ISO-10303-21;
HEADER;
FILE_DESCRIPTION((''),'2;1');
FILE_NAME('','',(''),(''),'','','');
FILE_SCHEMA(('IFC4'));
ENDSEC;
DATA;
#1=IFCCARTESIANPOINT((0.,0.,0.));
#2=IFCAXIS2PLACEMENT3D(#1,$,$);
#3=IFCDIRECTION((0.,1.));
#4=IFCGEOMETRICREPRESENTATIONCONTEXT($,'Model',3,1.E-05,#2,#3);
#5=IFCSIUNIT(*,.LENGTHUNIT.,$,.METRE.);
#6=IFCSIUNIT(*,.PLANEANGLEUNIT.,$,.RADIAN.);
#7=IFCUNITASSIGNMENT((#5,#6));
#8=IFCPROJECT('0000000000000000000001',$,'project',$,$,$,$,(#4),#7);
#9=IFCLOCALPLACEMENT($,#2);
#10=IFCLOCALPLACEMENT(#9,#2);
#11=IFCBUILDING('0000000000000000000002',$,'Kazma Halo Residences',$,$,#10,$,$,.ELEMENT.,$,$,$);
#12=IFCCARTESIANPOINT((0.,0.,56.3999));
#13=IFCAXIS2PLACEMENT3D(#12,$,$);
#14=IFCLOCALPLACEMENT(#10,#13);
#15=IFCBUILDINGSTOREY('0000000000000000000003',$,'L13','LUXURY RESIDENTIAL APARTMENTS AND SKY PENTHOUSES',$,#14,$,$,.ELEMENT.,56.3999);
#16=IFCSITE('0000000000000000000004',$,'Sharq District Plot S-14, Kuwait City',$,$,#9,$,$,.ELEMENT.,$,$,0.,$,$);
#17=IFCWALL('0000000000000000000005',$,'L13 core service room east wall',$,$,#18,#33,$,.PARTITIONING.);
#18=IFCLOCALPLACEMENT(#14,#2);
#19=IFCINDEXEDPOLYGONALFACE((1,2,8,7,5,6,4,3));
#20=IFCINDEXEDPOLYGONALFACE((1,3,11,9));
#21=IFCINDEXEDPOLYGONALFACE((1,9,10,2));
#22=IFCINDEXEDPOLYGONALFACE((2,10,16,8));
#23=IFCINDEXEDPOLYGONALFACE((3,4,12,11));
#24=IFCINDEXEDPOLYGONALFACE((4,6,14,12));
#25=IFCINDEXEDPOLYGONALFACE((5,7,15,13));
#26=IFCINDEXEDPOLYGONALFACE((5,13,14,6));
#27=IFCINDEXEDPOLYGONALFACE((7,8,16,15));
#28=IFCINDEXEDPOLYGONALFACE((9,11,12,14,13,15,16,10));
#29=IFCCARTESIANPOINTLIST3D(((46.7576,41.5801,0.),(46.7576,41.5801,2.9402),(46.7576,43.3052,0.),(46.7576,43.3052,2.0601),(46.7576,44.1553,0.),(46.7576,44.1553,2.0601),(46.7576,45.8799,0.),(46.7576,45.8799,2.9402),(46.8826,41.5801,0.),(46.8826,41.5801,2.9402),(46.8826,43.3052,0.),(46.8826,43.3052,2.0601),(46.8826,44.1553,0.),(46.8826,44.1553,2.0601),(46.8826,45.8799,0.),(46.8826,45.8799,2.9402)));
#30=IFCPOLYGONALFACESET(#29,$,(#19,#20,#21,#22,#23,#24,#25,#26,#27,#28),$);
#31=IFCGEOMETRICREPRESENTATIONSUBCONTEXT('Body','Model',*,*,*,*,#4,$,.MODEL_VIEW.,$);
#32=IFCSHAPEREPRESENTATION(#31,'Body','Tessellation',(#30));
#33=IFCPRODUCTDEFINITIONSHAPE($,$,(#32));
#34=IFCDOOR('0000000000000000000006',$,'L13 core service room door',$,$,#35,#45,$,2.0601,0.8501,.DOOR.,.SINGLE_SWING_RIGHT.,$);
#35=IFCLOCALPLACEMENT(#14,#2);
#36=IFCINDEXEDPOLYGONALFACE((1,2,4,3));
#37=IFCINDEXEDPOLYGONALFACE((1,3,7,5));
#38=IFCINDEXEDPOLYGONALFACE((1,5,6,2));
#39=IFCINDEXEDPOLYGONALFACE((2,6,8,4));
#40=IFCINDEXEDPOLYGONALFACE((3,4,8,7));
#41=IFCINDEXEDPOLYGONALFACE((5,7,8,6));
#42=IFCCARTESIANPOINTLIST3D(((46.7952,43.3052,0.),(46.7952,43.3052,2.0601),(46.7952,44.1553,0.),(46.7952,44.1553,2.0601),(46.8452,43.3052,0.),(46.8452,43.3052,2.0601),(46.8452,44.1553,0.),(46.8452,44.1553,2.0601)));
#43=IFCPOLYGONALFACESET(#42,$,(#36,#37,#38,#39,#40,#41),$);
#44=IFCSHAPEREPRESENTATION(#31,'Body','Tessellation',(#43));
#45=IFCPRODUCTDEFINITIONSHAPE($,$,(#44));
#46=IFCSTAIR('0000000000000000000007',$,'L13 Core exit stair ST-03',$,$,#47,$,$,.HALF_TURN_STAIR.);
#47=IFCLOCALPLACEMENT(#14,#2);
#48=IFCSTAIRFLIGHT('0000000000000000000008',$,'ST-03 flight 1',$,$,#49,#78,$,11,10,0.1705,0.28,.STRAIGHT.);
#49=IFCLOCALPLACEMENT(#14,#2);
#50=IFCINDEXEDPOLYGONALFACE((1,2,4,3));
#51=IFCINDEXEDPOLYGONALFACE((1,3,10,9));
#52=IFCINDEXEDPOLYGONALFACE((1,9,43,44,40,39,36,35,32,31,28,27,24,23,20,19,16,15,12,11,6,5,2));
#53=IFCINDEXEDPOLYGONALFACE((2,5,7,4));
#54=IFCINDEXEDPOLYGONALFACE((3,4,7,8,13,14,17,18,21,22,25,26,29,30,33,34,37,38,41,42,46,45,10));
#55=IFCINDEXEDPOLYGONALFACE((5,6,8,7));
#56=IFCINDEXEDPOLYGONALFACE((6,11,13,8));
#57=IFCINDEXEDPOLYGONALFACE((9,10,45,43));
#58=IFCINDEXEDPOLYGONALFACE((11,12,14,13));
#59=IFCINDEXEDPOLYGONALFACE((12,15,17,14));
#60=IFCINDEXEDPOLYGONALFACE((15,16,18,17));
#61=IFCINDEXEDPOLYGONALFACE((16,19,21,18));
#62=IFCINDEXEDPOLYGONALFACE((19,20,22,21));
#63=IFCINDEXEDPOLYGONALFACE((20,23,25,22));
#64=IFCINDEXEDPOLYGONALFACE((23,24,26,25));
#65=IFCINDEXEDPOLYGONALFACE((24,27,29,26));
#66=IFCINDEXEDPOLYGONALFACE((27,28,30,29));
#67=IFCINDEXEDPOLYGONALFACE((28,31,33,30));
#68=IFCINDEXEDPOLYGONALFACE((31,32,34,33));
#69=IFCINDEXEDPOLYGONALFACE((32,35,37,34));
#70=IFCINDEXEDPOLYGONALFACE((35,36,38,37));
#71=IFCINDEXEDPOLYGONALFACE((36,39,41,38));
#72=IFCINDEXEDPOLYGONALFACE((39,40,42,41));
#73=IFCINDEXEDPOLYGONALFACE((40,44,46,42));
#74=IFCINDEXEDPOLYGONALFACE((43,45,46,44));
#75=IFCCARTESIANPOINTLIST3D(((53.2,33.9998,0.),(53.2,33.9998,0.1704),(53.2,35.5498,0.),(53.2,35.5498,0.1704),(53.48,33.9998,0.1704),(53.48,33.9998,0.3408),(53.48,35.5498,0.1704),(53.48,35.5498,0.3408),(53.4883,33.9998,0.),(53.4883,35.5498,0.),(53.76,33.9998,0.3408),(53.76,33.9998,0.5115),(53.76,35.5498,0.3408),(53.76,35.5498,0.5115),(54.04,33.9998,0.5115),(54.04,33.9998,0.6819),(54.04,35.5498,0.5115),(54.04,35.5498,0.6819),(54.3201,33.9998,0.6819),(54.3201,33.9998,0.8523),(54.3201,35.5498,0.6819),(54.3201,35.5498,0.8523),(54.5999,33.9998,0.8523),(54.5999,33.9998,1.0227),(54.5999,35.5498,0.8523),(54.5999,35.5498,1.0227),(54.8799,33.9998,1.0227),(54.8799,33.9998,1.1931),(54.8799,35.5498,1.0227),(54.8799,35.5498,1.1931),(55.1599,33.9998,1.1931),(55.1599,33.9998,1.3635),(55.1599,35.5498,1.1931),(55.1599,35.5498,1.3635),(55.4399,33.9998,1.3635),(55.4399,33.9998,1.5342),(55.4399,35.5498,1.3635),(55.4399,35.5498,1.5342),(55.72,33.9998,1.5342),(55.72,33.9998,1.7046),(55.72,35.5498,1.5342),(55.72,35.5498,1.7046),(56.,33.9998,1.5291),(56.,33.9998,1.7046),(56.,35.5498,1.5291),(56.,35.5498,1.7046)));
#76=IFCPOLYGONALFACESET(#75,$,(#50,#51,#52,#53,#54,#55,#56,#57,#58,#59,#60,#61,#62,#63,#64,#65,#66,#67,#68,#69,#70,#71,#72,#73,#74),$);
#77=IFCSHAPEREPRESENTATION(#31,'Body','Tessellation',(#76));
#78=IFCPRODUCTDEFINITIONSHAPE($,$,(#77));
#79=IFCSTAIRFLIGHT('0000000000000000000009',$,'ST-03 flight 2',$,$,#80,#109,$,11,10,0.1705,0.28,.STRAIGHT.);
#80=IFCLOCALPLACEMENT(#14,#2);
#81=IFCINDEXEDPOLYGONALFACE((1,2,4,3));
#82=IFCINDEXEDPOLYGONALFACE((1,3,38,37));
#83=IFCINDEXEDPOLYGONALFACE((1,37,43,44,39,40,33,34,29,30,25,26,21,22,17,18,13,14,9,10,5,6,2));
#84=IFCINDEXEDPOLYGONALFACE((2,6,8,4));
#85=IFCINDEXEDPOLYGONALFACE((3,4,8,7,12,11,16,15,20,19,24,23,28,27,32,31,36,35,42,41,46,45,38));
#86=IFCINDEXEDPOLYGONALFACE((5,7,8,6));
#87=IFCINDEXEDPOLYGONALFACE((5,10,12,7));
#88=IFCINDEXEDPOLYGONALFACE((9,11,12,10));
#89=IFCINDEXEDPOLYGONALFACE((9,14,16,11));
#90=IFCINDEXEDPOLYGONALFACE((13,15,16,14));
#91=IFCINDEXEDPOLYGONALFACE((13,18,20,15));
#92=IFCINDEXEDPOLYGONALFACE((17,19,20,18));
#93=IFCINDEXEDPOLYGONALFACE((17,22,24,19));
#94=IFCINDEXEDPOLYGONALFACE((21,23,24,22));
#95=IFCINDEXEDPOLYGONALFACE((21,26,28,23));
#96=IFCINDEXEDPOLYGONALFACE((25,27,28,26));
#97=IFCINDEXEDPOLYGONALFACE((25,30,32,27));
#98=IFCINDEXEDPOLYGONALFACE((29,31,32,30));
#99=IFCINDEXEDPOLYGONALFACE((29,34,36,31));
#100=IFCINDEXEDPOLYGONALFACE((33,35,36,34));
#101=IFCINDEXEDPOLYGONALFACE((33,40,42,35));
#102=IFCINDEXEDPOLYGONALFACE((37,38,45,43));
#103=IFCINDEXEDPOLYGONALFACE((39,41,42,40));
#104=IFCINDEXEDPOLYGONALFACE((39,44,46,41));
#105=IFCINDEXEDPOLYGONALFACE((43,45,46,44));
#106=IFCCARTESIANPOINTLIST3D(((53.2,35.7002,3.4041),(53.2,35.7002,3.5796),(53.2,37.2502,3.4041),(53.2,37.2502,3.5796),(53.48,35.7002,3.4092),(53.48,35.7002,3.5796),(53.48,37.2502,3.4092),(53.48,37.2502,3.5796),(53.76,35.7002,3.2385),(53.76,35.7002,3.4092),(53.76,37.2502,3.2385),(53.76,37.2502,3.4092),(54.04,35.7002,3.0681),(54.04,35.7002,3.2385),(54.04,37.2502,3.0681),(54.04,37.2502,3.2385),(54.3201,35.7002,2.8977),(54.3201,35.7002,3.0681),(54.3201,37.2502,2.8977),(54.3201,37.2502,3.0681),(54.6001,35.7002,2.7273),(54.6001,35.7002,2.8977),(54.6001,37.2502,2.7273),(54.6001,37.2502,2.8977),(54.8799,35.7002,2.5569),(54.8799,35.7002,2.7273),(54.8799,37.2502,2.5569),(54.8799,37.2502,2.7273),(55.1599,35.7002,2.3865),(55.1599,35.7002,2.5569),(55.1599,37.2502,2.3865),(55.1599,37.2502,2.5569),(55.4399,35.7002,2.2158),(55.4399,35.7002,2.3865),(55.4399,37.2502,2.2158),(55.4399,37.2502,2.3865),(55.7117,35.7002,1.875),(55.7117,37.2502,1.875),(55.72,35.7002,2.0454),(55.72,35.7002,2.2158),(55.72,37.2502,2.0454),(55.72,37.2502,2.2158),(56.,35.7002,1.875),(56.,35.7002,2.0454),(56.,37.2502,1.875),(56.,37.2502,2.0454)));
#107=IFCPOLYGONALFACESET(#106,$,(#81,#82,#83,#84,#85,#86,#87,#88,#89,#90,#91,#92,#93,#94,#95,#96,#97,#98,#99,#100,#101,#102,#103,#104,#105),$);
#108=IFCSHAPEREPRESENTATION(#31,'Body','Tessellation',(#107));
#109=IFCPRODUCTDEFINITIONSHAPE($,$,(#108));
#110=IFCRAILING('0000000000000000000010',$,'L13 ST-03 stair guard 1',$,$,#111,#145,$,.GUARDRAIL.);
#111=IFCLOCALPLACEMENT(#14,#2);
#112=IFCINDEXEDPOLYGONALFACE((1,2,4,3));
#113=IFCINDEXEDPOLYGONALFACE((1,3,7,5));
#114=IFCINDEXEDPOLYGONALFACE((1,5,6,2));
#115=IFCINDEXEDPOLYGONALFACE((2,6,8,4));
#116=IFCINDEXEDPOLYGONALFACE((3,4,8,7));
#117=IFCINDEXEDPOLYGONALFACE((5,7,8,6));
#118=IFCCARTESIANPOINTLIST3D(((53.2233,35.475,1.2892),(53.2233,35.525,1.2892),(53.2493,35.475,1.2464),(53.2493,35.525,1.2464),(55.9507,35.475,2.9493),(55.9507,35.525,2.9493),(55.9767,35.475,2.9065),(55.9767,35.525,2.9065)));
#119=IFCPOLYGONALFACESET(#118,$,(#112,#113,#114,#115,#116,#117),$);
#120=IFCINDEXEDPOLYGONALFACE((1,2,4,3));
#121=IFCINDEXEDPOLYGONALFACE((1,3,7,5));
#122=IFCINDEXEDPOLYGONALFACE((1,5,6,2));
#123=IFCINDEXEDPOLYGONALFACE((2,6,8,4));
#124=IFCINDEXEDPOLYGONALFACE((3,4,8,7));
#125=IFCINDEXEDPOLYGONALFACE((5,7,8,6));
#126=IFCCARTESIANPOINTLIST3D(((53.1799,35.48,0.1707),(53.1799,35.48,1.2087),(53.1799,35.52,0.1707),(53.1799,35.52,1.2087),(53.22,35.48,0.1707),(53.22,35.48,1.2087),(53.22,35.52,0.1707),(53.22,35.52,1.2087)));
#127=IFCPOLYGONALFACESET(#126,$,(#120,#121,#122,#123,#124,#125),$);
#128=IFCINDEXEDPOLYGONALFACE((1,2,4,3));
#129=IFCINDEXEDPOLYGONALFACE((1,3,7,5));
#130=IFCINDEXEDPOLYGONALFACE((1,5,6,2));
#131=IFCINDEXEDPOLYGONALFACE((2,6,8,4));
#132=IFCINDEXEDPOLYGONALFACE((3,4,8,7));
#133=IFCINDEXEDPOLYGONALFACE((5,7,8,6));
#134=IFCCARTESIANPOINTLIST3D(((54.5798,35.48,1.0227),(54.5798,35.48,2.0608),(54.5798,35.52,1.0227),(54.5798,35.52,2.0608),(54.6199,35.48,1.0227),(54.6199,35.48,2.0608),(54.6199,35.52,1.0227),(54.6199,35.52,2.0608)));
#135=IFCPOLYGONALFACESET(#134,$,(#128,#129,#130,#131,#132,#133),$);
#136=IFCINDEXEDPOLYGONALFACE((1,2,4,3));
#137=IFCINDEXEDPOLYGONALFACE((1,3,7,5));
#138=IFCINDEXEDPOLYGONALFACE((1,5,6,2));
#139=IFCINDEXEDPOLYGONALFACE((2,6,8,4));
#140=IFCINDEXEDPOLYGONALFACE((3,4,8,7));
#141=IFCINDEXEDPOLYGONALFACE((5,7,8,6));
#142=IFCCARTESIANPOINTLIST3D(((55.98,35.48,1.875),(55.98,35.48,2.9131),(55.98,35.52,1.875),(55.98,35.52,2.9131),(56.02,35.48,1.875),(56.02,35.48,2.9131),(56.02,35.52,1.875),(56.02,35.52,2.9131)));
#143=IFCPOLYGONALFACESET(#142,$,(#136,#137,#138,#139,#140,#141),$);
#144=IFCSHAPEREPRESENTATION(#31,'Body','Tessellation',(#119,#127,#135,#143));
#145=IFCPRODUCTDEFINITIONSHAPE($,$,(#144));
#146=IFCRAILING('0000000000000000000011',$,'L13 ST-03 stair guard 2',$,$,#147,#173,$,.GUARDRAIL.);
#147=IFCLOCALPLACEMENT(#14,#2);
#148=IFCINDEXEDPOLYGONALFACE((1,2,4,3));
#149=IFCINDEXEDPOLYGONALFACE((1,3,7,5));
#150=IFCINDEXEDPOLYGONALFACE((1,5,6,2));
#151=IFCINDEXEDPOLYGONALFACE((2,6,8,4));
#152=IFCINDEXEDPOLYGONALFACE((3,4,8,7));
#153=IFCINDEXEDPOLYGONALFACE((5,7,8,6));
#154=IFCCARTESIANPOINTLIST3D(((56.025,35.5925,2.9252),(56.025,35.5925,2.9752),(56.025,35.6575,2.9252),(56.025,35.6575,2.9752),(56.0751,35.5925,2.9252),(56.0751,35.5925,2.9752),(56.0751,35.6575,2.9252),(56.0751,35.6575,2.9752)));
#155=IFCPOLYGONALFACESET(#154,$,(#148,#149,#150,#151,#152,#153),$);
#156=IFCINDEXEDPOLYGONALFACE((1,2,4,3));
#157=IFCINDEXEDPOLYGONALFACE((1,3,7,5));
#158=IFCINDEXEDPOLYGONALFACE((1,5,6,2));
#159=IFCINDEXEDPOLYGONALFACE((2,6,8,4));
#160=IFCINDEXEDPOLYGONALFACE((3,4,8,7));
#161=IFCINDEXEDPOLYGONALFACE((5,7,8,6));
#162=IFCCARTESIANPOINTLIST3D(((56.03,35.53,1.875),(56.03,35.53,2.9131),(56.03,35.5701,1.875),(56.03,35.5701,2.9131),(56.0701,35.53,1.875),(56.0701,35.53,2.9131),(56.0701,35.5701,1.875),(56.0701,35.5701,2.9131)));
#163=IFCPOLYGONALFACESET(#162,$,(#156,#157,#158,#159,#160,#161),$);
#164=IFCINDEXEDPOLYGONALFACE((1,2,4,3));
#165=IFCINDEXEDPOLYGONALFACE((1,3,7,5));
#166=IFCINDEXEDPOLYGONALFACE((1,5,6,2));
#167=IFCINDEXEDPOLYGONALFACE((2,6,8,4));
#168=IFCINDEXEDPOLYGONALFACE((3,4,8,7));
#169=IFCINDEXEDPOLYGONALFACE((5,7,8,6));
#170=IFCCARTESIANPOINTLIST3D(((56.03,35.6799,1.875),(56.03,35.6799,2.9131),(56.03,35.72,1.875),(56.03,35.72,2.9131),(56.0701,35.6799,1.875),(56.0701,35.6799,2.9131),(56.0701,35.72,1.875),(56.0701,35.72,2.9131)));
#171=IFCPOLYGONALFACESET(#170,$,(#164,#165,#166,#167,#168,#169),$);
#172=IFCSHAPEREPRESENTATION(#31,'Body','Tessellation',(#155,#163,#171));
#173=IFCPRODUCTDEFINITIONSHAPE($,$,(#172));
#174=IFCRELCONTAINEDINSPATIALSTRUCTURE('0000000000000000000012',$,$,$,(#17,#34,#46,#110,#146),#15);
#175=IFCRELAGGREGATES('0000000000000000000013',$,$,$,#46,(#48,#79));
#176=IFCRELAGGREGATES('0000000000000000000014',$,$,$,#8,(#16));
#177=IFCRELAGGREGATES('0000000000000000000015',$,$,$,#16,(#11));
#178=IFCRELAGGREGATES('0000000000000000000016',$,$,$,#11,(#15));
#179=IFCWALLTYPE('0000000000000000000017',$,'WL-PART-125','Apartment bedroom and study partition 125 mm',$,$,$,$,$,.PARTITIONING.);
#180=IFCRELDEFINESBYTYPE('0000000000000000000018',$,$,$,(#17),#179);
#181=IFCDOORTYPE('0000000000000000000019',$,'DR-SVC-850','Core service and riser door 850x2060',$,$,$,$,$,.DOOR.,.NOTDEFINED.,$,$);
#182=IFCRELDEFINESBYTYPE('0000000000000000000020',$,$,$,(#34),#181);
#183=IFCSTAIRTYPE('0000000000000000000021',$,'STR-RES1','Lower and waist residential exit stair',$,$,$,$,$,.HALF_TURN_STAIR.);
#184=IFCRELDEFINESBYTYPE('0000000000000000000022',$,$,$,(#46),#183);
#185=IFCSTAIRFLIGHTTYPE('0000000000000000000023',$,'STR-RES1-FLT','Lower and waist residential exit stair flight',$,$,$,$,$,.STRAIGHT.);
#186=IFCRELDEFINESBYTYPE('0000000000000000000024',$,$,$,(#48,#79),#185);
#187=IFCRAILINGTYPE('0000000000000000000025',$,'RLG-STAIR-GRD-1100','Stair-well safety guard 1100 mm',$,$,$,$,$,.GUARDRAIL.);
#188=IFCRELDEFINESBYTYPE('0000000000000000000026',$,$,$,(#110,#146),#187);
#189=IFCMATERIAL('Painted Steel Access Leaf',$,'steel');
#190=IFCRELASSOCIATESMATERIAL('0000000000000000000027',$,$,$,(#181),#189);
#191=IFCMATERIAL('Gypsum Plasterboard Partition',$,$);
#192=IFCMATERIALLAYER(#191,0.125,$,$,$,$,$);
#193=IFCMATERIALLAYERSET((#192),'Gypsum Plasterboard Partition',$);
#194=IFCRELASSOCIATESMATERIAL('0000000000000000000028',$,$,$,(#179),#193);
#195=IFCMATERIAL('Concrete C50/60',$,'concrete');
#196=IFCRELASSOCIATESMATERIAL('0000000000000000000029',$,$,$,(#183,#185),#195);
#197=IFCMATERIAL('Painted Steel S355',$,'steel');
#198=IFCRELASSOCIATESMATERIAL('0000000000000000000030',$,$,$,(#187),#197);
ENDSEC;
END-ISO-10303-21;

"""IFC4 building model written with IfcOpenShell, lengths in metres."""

from ifc_helpers import new_model, si_unit, direction, frame, frame_2d, origin, origin_2d, place, context, subcontext, project, spatial, polyline, rectangle, outline, extrude, material, layer, layer_set, type_object, element, fill, aggregate, save


model = new_model("IFC4")

# Units and contexts
model_context = context("Model", 3, precision=1e-05, world=origin(), true_north=direction((0.0, 1.0)))
body_context = subcontext(model_context, "Body", "Model", "MODEL_VIEW")
ifc_project = project(units=[si_unit("LENGTHUNIT", "METRE"), si_unit("PLANEANGLEUNIT", "RADIAN")], contexts=[model_context])

# Site, building, storey
site_placement = place(None, origin())
site = spatial("IfcSite", under=ifc_project, at=site_placement, Name="Sharq District Plot S-14, Kuwait City", CompositionType="ELEMENT", RefElevation=0.0)
building_placement = place(site_placement, origin())
building = spatial("IfcBuilding", under=site, at=building_placement, Name="Kazma Halo Residences", CompositionType="ELEMENT")
storey_placement = place(building_placement, frame((0.0, 0.0, 56.3999)))
storey = spatial("IfcBuildingStorey", under=building, at=storey_placement, Name="L13", Description="LUXURY RESIDENTIAL APARTMENTS AND SKY PENTHOUSES", CompositionType="ELEMENT", Elevation=56.3999)

# Shared definitions
ifc_material_1 = material(Name="Painted Steel Access Leaf", Category="steel")
door_type_1 = type_object("IfcDoorType", Name="DR-SVC-850", Description="Core service and riser door 850x2060", OperationType="NOTDEFINED", PredefinedType="DOOR", material=ifc_material_1)

# Shared definitions
ifc_material_2 = material(Name="Gypsum Plasterboard Partition")
ifc_layer_1 = layer(ifc_material_2, 0.125)
ifc_layer_set_1 = layer_set([ifc_layer_1], Name="Gypsum Plasterboard Partition")
wall_type_1 = type_object("IfcWallType", Name="WL-PART-125", Description="Apartment bedroom and study partition 125 mm", PredefinedType="PARTITIONING", material=ifc_layer_set_1)

# Wall, opening, door
wall_1_placement = place(storey_placement, frame((46.8201, 41.5801, 0.0), z_axis=(0.0, 0.0, 1.0), x_axis=(0.0, 1.0, 0.0)))
wall_1 = element("IfcWall", 1, at=wall_1_placement, inside=storey, type_object=wall_type_1, Name="L13 core service room east wall", PredefinedType="PARTITIONING", context=body_context, shape_type="SweptSolid", body=[
    extrude(rectangle(XDim=4.2998, YDim=0.125, at=frame_2d((2.1499, 0.0))), origin(), (0.0, 0.0, 1.0), 2.9402),
])
opening_1_placement = place(wall_1_placement, frame((1.7251, 0.0, 0.0)))
opening_1 = element("IfcOpeningElement", 2, at=opening_1_placement, cuts=wall_1, PredefinedType="OPENING", context=body_context, shape_type="SweptSolid", body=[
    extrude(rectangle(XDim=0.8501, YDim=2.0601, at=frame_2d((0.425, 1.03))), frame((0.0, 0.0725, 0.0), z_axis=(0.0, -1.0, 0.0), x_axis=(1.0, 0.0, 0.0)), (0.0, 0.0, 1.0), 0.145),
])
door_1_placement = place(opening_1_placement, origin())
door_1 = element("IfcDoor", 3, at=door_1_placement, inside=storey, type_object=door_type_1, Name="L13 core service room door", OperationType="SINGLE_SWING_RIGHT", OverallHeight=2.0601, OverallWidth=0.8501, PredefinedType="DOOR", context=body_context, shape_type="SweptSolid", body=[
    extrude(rectangle(XDim=0.8501, YDim=2.0601, at=frame_2d((0.425, 1.03))), frame((0.0, 0.0249, 0.0), z_axis=(0.0, -1.0, 0.0), x_axis=(1.0, 0.0, 0.0)), (0.0, 0.0, 1.0), 0.05),
])
fill(opening_1, door_1)
ifc_material_3 = material(Name="Concrete C50/60", Category="concrete")

# Stair, stair flights
stair_type = type_object("IfcStairType", Name="STR-RES1", Description="Lower and waist residential exit stair", PredefinedType="HALF_TURN_STAIR", material=ifc_material_3)
stair_placement = place(storey_placement, origin())
stair = element("IfcStair", 4, at=stair_placement, inside=storey, type_object=stair_type, Name="L13 Core exit stair ST-03", PredefinedType="HALF_TURN_STAIR")
stair_flight_type = type_object("IfcStairFlightType", Name="STR-RES1-FLT", Description="Lower and waist residential exit stair flight", PredefinedType="STRAIGHT", material=ifc_material_3)
stair_flight_1_placement = place(storey_placement, frame((53.2, 34.7749, 0.0), z_axis=(0.0, 0.0, 1.0), x_axis=(1.0, 0.0, 0.0)))
stair_flight_1 = element("IfcStairFlight", 5, at=stair_flight_1_placement, type_object=stair_flight_type, Name="ST-03 flight 1", NumberOfRisers=11, NumberOfTreads=10, PredefinedType="STRAIGHT", RiserHeight=0.1705, TreadLength=0.28, context=body_context, shape_type="SweptSolid", body=[
    extrude(outline(polyline([(0.0, 0.0), (0.0, 0.1704), (0.28, 0.1704), (0.28, 0.3408), (0.5601, 0.3408), (0.5601, 0.5115), (0.8401, 0.5115), (0.8401, 0.6819), (1.1201, 0.6819), (1.1201, 0.8523), (1.3999, 0.8523), (1.3999, 1.0227), (1.6799, 1.0227), (1.6799, 1.1931), (1.96, 1.1931), (1.96, 1.3635), (2.24, 1.3635), (2.24, 1.5342), (2.52, 1.5342), (2.52, 1.7046), (2.8, 1.7046), (2.8, 1.875), (2.8, 1.5291), (0.2883, 0.0), (0.0, 0.0)])), frame((0.0, 0.7749, 0.0), z_axis=(0.0, -1.0, 0.0), x_axis=(1.0, 0.0, 0.0)), (0.0, 0.0, 1.0), 1.55),
])
stair_flight_2_placement = place(storey_placement, frame((56.0, 36.4751, 1.875), z_axis=(0.0, 0.0, 1.0), x_axis=(-1.0, 0.0, 0.0)))
stair_flight_2 = element("IfcStairFlight", 6, at=stair_flight_2_placement, type_object=stair_flight_type, Name="ST-03 flight 2", NumberOfRisers=11, NumberOfTreads=10, PredefinedType="STRAIGHT", RiserHeight=0.1705, TreadLength=0.28, context=body_context, shape_type="SweptSolid", body=[
    extrude(outline(polyline([(0.0, 0.0), (0.0, 0.1704), (0.28, 0.1704), (0.28, 0.3408), (0.5601, 0.3408), (0.5601, 0.5115), (0.8401, 0.5115), (0.8401, 0.6819), (1.1201, 0.6819), (1.1201, 0.8523), (1.3999, 0.8523), (1.3999, 1.0227), (1.6799, 1.0227), (1.6799, 1.1931), (1.96, 1.1931), (1.96, 1.3635), (2.24, 1.3635), (2.24, 1.5342), (2.52, 1.5342), (2.52, 1.7046), (2.8, 1.7046), (2.8, 1.875), (2.8, 1.5291), (0.2883, 0.0), (0.0, 0.0)])), frame((0.0, 0.7749, 0.0), z_axis=(0.0, -1.0, 0.0), x_axis=(1.0, 0.0, 0.0)), (0.0, 0.0, 1.0), 1.55),
])
aggregate(stair, [stair_flight_1, stair_flight_2])

# Railings
ifc_material_4 = material(Name="Painted Steel S355", Category="steel")
railing_type_1 = type_object("IfcRailingType", Name="RLG-STAIR-GRD-1100", Description="Stair-well safety guard 1100 mm", PredefinedType="GUARDRAIL", material=ifc_material_4)
railing_1_placement = place(storey_placement, frame((53.2, 35.5, 0.1707)))
element("IfcRailing", 7, at=railing_1_placement, inside=storey, type_object=railing_type_1, Name="L13 ST-03 stair guard 1", PredefinedType="GUARDRAIL", context=body_context, shape_type="SweptSolid", body=[
    extrude(rectangle(XDim=0.05, YDim=0.05, at=origin_2d()), frame((0.0364, 0.0, 1.0972), z_axis=(0.854203, 0.0, 0.51994), x_axis=(0.0, 1.0, 0.0)), (0.0, 0.0, 1.0), 3.1929),
    extrude(rectangle(XDim=0.04, YDim=0.04, at=origin_2d()), origin(), (0.0, 0.0, 1.0), 1.0381),
    extrude(rectangle(XDim=0.04, YDim=0.04, at=origin_2d()), frame((1.3999, 0.0, 0.8521)), (0.0, 0.0, 1.0), 1.0381),
    extrude(rectangle(XDim=0.04, YDim=0.04, at=origin_2d()), frame((2.8, 0.0, 1.7043)), (0.0, 0.0, 1.0), 1.0381),
])
railing_2_placement = place(storey_placement, frame((56.05, 35.55, 1.875)))
element("IfcRailing", 8, at=railing_2_placement, inside=storey, type_object=railing_type_1, Name="L13 ST-03 stair guard 2", PredefinedType="GUARDRAIL", context=body_context, shape_type="SweptSolid", body=[
    extrude(rectangle(XDim=0.05, YDim=0.05, at=origin_2d()), frame((0.0, 0.0425, 1.0752), z_axis=(0.0, 1.0, 0.0), x_axis=(-1.0, 0.0, 0.0)), (0.0, 0.0, 1.0), 0.0649),
    extrude(rectangle(XDim=0.04, YDim=0.04, at=origin_2d()), origin(), (0.0, 0.0, 1.0), 1.0381),
    extrude(rectangle(XDim=0.04, YDim=0.04, at=origin_2d()), frame((0.0, 0.1499, 0.0)), (0.0, 0.0, 1.0), 1.0381),
])

save(model, "model.ifc")
